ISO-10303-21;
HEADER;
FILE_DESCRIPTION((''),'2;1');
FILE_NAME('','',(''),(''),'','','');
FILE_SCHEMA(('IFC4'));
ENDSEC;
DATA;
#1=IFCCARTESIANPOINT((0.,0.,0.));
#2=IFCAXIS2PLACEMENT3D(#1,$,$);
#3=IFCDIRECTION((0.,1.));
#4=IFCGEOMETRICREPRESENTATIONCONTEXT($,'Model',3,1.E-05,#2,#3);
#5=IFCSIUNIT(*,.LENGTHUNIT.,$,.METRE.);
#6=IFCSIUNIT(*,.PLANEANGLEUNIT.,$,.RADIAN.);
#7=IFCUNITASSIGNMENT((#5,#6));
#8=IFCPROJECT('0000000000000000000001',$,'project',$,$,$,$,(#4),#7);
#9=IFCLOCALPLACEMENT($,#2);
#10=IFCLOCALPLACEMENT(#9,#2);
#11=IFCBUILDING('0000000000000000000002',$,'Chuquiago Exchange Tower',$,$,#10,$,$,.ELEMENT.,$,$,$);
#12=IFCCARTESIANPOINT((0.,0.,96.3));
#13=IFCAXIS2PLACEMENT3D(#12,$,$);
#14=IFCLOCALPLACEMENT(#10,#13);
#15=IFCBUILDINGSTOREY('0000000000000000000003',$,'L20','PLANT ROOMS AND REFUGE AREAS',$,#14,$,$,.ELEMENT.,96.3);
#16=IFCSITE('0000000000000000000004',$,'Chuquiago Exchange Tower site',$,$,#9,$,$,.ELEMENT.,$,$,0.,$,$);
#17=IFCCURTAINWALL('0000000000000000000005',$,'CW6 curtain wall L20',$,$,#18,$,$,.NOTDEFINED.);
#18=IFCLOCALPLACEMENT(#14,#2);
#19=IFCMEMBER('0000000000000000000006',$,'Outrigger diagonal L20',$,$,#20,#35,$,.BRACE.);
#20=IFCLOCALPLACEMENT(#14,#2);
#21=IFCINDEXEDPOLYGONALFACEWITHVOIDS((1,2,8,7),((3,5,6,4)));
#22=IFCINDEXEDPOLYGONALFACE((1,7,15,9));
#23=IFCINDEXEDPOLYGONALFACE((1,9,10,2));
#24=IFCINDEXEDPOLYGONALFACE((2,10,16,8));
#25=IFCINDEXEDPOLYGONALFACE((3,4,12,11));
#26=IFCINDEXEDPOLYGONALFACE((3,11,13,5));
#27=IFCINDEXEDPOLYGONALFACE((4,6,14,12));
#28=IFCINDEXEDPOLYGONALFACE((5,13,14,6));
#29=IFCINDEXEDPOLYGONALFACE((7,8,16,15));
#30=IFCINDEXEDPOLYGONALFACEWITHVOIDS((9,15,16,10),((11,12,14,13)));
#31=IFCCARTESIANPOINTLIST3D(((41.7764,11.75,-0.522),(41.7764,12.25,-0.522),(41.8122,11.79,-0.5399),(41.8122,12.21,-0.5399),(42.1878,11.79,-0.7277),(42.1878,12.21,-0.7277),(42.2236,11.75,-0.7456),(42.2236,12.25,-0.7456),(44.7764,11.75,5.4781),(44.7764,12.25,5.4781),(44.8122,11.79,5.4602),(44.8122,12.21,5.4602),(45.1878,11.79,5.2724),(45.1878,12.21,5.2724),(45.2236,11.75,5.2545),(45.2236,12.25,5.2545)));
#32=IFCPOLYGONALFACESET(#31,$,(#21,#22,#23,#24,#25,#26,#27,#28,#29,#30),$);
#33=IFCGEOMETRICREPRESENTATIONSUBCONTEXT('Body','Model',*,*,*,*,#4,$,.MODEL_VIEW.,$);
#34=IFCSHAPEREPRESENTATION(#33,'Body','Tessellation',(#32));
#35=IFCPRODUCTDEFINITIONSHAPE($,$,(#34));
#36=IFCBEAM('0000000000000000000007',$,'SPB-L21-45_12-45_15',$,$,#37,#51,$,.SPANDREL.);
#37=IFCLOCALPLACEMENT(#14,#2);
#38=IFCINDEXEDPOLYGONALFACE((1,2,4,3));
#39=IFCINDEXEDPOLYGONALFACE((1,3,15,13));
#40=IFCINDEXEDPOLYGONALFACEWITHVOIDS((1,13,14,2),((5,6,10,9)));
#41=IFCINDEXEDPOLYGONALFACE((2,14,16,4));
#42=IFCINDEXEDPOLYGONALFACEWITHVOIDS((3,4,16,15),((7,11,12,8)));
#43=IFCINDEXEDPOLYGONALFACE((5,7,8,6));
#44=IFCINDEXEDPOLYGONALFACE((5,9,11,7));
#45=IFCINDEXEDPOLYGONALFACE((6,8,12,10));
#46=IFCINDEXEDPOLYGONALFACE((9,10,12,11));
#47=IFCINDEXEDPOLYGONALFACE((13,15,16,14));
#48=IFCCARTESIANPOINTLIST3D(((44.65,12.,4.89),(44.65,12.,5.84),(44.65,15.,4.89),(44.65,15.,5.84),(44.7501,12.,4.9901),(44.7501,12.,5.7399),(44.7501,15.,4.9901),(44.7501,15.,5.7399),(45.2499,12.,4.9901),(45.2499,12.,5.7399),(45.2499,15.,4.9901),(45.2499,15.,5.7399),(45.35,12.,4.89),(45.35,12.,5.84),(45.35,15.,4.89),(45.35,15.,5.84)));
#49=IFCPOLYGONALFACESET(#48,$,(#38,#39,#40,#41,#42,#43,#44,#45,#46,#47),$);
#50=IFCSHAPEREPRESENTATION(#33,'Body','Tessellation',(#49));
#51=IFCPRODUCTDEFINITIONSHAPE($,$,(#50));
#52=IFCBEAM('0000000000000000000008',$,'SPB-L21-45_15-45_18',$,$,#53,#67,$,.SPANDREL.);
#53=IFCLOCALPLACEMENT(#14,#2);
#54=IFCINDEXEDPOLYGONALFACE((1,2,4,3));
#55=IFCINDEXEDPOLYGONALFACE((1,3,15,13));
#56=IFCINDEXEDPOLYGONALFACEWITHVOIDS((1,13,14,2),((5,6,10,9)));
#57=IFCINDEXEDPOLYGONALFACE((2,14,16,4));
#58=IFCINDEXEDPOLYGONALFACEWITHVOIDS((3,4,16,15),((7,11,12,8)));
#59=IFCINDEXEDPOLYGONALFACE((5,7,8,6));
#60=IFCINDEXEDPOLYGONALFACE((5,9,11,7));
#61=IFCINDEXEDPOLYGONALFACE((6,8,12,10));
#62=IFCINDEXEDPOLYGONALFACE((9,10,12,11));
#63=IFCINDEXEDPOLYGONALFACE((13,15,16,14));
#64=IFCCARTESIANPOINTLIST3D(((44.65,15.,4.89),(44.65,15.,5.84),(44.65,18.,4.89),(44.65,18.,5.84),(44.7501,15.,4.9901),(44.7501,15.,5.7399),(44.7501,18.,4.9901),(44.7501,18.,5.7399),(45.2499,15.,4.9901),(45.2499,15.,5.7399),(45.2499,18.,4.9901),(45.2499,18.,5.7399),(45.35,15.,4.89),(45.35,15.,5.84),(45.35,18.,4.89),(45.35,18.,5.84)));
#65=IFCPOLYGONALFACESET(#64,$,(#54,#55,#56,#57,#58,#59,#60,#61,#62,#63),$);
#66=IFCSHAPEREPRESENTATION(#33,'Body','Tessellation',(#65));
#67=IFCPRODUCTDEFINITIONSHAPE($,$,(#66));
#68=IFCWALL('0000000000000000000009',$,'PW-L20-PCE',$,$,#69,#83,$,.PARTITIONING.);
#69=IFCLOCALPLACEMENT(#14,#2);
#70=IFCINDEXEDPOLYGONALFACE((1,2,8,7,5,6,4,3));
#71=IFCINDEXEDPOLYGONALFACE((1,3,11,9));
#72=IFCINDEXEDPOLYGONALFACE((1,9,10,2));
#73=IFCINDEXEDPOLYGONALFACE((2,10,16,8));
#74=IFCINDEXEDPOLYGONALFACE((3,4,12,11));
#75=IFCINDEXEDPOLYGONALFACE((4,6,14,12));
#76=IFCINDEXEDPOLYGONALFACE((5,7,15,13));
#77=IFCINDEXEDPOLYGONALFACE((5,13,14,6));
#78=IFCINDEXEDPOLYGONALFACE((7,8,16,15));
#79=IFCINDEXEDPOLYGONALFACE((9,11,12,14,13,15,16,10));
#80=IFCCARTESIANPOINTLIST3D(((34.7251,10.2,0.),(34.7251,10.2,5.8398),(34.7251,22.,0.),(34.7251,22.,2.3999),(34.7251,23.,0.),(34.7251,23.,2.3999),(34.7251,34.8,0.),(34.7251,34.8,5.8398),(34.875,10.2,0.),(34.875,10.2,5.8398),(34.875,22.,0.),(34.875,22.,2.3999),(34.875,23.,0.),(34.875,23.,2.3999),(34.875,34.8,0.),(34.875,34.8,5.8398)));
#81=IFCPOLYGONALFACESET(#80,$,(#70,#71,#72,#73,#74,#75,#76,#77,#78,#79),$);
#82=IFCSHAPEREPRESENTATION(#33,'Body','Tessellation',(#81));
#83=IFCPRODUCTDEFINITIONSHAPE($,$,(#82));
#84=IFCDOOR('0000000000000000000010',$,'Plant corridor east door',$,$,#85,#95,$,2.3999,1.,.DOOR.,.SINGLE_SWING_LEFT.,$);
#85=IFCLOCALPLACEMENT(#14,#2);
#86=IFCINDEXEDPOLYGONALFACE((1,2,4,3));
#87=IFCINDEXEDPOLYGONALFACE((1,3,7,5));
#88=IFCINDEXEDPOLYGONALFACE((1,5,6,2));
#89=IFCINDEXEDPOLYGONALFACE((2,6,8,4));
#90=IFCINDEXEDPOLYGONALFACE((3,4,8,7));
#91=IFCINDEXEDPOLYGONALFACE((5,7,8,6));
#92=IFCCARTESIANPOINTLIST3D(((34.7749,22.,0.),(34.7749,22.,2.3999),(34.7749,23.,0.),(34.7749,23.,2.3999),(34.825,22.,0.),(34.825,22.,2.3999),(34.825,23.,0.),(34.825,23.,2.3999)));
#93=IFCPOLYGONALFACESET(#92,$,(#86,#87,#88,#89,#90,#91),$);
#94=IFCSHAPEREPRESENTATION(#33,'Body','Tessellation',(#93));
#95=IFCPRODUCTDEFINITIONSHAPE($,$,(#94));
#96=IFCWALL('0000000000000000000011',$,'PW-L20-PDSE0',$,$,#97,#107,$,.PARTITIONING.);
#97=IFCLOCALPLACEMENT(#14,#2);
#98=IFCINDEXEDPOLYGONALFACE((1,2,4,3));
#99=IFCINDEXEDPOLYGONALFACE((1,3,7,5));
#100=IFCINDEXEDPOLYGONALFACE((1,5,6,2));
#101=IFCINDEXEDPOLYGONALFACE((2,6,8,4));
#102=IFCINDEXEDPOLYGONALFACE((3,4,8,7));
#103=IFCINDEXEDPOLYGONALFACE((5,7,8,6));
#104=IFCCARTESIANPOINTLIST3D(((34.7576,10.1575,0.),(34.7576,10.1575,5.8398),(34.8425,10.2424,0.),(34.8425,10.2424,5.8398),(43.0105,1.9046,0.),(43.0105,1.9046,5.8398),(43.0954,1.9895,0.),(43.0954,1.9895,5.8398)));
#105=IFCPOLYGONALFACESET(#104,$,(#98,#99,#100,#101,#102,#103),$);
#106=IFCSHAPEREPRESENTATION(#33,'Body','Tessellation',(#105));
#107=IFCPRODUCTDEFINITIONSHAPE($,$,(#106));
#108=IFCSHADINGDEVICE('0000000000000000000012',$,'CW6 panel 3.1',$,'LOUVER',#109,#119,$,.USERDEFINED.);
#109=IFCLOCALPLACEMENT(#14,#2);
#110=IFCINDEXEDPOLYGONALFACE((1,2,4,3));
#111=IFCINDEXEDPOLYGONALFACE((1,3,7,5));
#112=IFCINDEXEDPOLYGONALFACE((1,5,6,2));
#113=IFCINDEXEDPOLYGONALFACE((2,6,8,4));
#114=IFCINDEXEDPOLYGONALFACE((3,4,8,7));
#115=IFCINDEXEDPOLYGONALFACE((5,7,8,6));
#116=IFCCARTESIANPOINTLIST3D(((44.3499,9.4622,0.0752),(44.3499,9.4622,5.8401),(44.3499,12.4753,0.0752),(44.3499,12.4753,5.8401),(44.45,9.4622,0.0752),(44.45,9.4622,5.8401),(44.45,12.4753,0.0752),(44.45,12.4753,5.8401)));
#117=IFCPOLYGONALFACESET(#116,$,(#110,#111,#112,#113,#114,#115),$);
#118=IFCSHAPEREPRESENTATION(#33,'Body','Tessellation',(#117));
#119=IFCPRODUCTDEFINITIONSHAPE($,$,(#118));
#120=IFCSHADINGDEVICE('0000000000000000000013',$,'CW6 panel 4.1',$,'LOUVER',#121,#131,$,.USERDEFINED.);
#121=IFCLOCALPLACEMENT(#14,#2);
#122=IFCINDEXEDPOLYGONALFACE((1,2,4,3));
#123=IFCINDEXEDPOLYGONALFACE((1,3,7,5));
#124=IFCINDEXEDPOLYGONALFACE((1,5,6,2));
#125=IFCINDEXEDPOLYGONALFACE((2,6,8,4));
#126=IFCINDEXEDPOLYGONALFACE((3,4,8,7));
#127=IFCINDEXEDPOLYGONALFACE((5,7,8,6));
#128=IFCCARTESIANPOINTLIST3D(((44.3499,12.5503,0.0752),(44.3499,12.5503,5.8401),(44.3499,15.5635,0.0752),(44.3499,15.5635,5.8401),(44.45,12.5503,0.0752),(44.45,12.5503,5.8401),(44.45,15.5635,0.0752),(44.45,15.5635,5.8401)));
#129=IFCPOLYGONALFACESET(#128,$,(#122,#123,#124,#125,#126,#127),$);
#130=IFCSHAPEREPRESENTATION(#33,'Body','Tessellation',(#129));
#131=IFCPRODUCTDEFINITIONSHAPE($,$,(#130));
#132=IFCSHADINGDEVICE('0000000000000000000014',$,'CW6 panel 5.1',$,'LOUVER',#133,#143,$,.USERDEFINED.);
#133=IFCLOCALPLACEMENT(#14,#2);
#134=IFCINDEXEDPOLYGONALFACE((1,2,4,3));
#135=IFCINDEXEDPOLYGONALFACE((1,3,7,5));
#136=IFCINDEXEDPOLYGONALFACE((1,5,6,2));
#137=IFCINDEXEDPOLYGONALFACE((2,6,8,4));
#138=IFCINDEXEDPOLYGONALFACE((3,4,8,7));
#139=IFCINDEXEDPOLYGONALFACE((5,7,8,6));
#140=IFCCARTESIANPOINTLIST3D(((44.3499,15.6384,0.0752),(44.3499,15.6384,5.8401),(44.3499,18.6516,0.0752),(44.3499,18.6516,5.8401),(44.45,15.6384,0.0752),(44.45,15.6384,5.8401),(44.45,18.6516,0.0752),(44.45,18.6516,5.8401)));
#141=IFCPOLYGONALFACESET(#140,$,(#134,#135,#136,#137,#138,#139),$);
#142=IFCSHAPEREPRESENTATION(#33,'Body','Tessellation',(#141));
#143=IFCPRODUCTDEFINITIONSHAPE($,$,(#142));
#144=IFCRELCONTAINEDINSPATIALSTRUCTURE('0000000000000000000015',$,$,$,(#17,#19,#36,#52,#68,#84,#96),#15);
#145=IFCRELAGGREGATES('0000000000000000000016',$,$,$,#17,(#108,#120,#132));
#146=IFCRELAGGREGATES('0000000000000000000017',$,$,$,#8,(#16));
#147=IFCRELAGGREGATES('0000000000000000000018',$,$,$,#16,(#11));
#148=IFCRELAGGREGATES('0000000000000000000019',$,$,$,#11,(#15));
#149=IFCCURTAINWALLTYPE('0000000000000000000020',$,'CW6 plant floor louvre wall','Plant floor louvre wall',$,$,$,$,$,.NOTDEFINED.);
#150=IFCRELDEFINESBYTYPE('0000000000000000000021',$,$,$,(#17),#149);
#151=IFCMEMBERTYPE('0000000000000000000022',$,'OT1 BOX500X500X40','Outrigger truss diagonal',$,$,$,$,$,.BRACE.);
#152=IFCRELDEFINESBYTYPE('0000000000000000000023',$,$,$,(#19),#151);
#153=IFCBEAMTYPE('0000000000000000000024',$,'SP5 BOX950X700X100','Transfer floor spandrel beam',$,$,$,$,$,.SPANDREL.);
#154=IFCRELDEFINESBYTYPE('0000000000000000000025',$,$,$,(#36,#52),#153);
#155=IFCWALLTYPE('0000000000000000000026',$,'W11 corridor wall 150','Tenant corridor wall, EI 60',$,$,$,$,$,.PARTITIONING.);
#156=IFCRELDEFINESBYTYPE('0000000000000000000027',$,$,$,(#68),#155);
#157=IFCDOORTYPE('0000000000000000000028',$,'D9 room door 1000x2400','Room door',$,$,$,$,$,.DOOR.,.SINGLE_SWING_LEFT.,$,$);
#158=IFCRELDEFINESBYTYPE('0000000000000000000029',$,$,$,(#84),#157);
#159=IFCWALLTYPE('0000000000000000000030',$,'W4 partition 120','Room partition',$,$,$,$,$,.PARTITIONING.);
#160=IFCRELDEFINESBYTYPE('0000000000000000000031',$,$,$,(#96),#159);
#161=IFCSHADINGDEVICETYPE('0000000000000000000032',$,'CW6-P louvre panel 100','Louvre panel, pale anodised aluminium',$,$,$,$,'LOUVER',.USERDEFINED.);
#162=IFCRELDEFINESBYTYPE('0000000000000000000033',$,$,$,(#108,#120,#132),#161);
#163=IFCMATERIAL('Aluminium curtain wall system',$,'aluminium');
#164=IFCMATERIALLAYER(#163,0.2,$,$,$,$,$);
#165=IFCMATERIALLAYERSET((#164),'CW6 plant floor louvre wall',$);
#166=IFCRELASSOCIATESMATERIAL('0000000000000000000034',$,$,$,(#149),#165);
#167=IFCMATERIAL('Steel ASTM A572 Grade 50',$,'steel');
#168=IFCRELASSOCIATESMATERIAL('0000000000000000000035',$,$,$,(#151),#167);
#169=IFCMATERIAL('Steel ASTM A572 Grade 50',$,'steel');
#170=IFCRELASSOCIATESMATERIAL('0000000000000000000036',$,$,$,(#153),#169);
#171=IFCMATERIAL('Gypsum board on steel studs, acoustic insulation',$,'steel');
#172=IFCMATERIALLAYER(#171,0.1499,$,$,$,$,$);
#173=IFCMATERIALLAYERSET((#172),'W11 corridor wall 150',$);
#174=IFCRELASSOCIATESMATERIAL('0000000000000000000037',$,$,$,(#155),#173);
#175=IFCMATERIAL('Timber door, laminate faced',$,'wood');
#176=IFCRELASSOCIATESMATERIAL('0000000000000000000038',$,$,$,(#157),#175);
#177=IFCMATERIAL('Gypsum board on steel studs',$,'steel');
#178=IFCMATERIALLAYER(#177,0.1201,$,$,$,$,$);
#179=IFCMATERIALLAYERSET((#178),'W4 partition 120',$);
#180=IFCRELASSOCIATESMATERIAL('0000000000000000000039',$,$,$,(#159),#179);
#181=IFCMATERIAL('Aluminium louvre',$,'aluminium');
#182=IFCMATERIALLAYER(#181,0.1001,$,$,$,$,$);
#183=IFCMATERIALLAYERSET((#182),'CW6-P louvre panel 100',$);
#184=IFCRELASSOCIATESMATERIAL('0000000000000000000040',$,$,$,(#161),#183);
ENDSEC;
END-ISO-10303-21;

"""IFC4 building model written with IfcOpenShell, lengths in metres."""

from ifc_helpers import new_model, si_unit, direction, frame, frame_2d, origin, origin_2d, place, context, subcontext, project, spatial, rectangle, hollow_rectangle, extrude, material, layer, layer_set, material_profile, profile_set, type_object, element, fill, aggregate, save


model = new_model("IFC4")

# Units and contexts
model_context = context("Model", 3, precision=1e-05, world=origin(), true_north=direction((0.0, 1.0)))
body_context = subcontext(model_context, "Body", "Model", "MODEL_VIEW")
ifc_project = project(units=[si_unit("LENGTHUNIT", "METRE"), si_unit("PLANEANGLEUNIT", "RADIAN")], contexts=[model_context])

# Site, building, storey
site_placement = place(None, origin())
site = spatial("IfcSite", under=ifc_project, at=site_placement, Name="Chuquiago Exchange Tower site", CompositionType="ELEMENT", RefElevation=0.0)
building_placement = place(site_placement, origin())
building = spatial("IfcBuilding", under=site, at=building_placement, Name="Chuquiago Exchange Tower", CompositionType="ELEMENT")
storey_placement = place(building_placement, frame((0.0, 0.0, 96.3)))
storey = spatial("IfcBuildingStorey", under=building, at=storey_placement, Name="L20", Description="PLANT ROOMS AND REFUGE AREAS", CompositionType="ELEMENT", Elevation=96.3)

# Curtain wall
ifc_material_1 = material(Name="Aluminium curtain wall system", Category="aluminium")
ifc_layer_1 = layer(ifc_material_1, 0.2)
ifc_layer_set_1 = layer_set([ifc_layer_1], Name="CW6 plant floor louvre wall")
curtain_wall_type = type_object("IfcCurtainWallType", Name="CW6 plant floor louvre wall", Description="Plant floor louvre wall", PredefinedType="NOTDEFINED", material=ifc_layer_set_1)
curtain_wall_placement = place(storey_placement, origin())
curtain_wall = element("IfcCurtainWall", 1, at=curtain_wall_placement, inside=storey, type_object=curtain_wall_type, Name="CW6 curtain wall L20", PredefinedType="NOTDEFINED")

# Member
ifc_material_2 = material(Name="Steel ASTM A572 Grade 50", Category="steel")
ifc_material_profile_1 = material_profile(ifc_material_2, hollow_rectangle(XDim=0.5, YDim=0.5, WallThickness=0.04, at=origin_2d()), Name="BOX500X500X40")
ifc_profile_set_1 = profile_set([ifc_material_profile_1], Name="Steel ASTM A572 Grade 50")
member_type_1 = type_object("IfcMemberType", Name="OT1 BOX500X500X40", Description="Outrigger truss diagonal", PredefinedType="BRACE", material=ifc_profile_set_1)
for number, where, z_axis, x_axis, name in (
    (2, (42.0, 12.0, -0.6338), (0.447214, 0.0, 0.894427), (0.0, 1.0, 0.0), "Outrigger diagonal L20"),
):
    element("IfcMember", number, at=place(storey_placement, frame(where, z_axis=z_axis, x_axis=x_axis)), inside=storey, type_object=member_type_1, Name=name, PredefinedType="BRACE", context=body_context, shape_type="SweptSolid", body=[
        extrude(hollow_rectangle(XDim=0.5, YDim=0.5, WallThickness=0.04, at=origin_2d()), origin(), (0.0, 0.0, 1.0), 6.7083),
    ])

# Beams
ifc_material_3 = material(Name="Steel ASTM A572 Grade 50", Category="steel")
ifc_material_profile_2 = material_profile(ifc_material_3, hollow_rectangle(XDim=0.7, YDim=0.95, WallThickness=0.1001, at=origin_2d()), Name="BOX950X700X100")
ifc_profile_set_2 = profile_set([ifc_material_profile_2], Name="Steel ASTM A572 Grade 50")
beam_type = type_object("IfcBeamType", Name="SP5 BOX950X700X100", Description="Transfer floor spandrel beam", PredefinedType="SPANDREL", material=ifc_profile_set_2)
for number, where, z_axis, x_axis, name in (
    (3, (45.0, 12.0, 5.365), (0.0, 1.0, 0.0), (-1.0, 0.0, 0.0), "SPB-L21-45_12-45_15"),
    (4, (45.0, 15.0, 5.365), (0.0, 1.0, 0.0), (-1.0, 0.0, 0.0), "SPB-L21-45_15-45_18"),
):
    element("IfcBeam", number, at=place(storey_placement, frame(where, z_axis=z_axis, x_axis=x_axis)), inside=storey, type_object=beam_type, Name=name, PredefinedType="SPANDREL", context=body_context, shape_type="SweptSolid", body=[
        extrude(hollow_rectangle(XDim=0.7, YDim=0.95, WallThickness=0.1001, at=origin_2d()), origin(), (0.0, 0.0, 1.0), 3.0),
    ])

# Wall, opening, door
ifc_material_4 = material(Name="Gypsum board on steel studs, acoustic insulation", Category="steel")
ifc_layer_2 = layer(ifc_material_4, 0.1499)
ifc_layer_set_2 = layer_set([ifc_layer_2], Name="W11 corridor wall 150")
wall_type_1 = type_object("IfcWallType", Name="W11 corridor wall 150", Description="Tenant corridor wall, EI 60", PredefinedType="PARTITIONING", material=ifc_layer_set_2)
wall_1_placement = place(storey_placement, frame((34.8, 10.2, 0.0), z_axis=(0.0, 0.0, 1.0), x_axis=(0.0, 1.0, 0.0)))
wall_1 = element("IfcWall", 5, at=wall_1_placement, inside=storey, type_object=wall_type_1, Name="PW-L20-PCE", PredefinedType="PARTITIONING", context=body_context, shape_type="SweptSolid", body=[
    extrude(rectangle(XDim=24.6001, YDim=0.1499, at=frame_2d((12.3, 0.0))), origin(), (0.0, 0.0, 1.0), 5.8398),
])
opening_placement = place(wall_1_placement, frame((11.8, 0.0, 0.0)))
opening = element("IfcOpeningElement", 6, at=opening_placement, cuts=wall_1, PredefinedType="OPENING", context=body_context, shape_type="SweptSolid", body=[
    extrude(rectangle(XDim=1.0, YDim=2.3999, at=frame_2d((0.5, 1.2))), frame((0.0, 0.085, 0.0), z_axis=(0.0, -1.0, 0.0), x_axis=(1.0, 0.0, 0.0)), (0.0, 0.0, 1.0), 0.1699),
])
ifc_material_5 = material(Name="Timber door, laminate faced", Category="wood")
door_type = type_object("IfcDoorType", Name="D9 room door 1000x2400", Description="Room door", OperationType="SINGLE_SWING_LEFT", PredefinedType="DOOR", material=ifc_material_5)
door_placement = place(opening_placement, frame((1.0, 0.0, 0.0), z_axis=(0.0, 0.0, 1.0), x_axis=(-1.0, 0.0, 0.0)))
door = element("IfcDoor", 7, at=door_placement, inside=storey, type_object=door_type, Name="Plant corridor east door", OperationType="SINGLE_SWING_LEFT", OverallHeight=2.3999, OverallWidth=1.0, PredefinedType="DOOR", context=body_context, shape_type="SweptSolid", body=[
    extrude(rectangle(XDim=1.0, YDim=2.3999, at=frame_2d((0.5, 1.2))), frame((0.0, 0.0249, 0.0), z_axis=(0.0, -1.0, 0.0), x_axis=(1.0, 0.0, 0.0)), (0.0, 0.0, 1.0), 0.05),
])
fill(opening, door)

# Wall
ifc_material_6 = material(Name="Gypsum board on steel studs", Category="steel")
ifc_layer_3 = layer(ifc_material_6, 0.1201)
ifc_layer_set_3 = layer_set([ifc_layer_3], Name="W4 partition 120")
wall_type_2 = type_object("IfcWallType", Name="W4 partition 120", Description="Room partition", PredefinedType="PARTITIONING", material=ifc_layer_set_3)
wall_2_placement = place(storey_placement, frame((34.8, 10.2, 0.0), z_axis=(0.0, 0.0, 1.0), x_axis=(0.707107, -0.707107, 0.0)))
element("IfcWall", 8, at=wall_2_placement, inside=storey, type_object=wall_type_2, Name="PW-L20-PDSE0", PredefinedType="PARTITIONING", context=body_context, shape_type="SweptSolid", body=[
    extrude(rectangle(XDim=11.6714, YDim=0.1201, at=frame_2d((5.8357, 0.0))), origin(), (0.0, 0.0, 1.0), 5.8398),
])

# Shading devices
ifc_material_7 = material(Name="Aluminium louvre", Category="aluminium")
ifc_layer_4 = layer(ifc_material_7, 0.1001)
ifc_layer_set_4 = layer_set([ifc_layer_4], Name="CW6-P louvre panel 100")
shading_device_type = type_object("IfcShadingDeviceType", Name="CW6-P louvre panel 100", Description="Louvre panel, pale anodised aluminium", ElementType="LOUVER", PredefinedType="USERDEFINED", material=ifc_layer_set_4)
shading_device_1_placement = place(storey_placement, frame((44.3999, 10.9688, 0.0752), z_axis=(0.0, 0.0, 1.0), x_axis=(0.0, 1.0, 0.0)))
shading_device_1 = element("IfcShadingDevice", 9, at=shading_device_1_placement, type_object=shading_device_type, Name="CW6 panel 3.1", ObjectType="LOUVER", PredefinedType="USERDEFINED", context=body_context, shape_type="SweptSolid", body=[
    extrude(rectangle(XDim=3.0132, YDim=0.1001, at=origin_2d()), origin(), (0.0, 0.0, 1.0), 5.7649),
])
shading_device_2_placement = place(storey_placement, frame((44.3999, 14.0569, 0.0752), z_axis=(0.0, 0.0, 1.0), x_axis=(0.0, 1.0, 0.0)))
shading_device_2 = element("IfcShadingDevice", 10, at=shading_device_2_placement, type_object=shading_device_type, Name="CW6 panel 4.1", ObjectType="LOUVER", PredefinedType="USERDEFINED", context=body_context, shape_type="SweptSolid", body=[
    extrude(rectangle(XDim=3.0132, YDim=0.1001, at=origin_2d()), origin(), (0.0, 0.0, 1.0), 5.7649),
])
shading_device_3_placement = place(storey_placement, frame((44.3999, 17.145, 0.0752), z_axis=(0.0, 0.0, 1.0), x_axis=(0.0, 1.0, 0.0)))
shading_device_3 = element("IfcShadingDevice", 11, at=shading_device_3_placement, type_object=shading_device_type, Name="CW6 panel 5.1", ObjectType="LOUVER", PredefinedType="USERDEFINED", context=body_context, shape_type="SweptSolid", body=[
    extrude(rectangle(XDim=3.0132, YDim=0.1001, at=origin_2d()), origin(), (0.0, 0.0, 1.0), 5.7649),
])
aggregate(curtain_wall, [shading_device_1, shading_device_2, shading_device_3])

save(model, "model.ifc")
